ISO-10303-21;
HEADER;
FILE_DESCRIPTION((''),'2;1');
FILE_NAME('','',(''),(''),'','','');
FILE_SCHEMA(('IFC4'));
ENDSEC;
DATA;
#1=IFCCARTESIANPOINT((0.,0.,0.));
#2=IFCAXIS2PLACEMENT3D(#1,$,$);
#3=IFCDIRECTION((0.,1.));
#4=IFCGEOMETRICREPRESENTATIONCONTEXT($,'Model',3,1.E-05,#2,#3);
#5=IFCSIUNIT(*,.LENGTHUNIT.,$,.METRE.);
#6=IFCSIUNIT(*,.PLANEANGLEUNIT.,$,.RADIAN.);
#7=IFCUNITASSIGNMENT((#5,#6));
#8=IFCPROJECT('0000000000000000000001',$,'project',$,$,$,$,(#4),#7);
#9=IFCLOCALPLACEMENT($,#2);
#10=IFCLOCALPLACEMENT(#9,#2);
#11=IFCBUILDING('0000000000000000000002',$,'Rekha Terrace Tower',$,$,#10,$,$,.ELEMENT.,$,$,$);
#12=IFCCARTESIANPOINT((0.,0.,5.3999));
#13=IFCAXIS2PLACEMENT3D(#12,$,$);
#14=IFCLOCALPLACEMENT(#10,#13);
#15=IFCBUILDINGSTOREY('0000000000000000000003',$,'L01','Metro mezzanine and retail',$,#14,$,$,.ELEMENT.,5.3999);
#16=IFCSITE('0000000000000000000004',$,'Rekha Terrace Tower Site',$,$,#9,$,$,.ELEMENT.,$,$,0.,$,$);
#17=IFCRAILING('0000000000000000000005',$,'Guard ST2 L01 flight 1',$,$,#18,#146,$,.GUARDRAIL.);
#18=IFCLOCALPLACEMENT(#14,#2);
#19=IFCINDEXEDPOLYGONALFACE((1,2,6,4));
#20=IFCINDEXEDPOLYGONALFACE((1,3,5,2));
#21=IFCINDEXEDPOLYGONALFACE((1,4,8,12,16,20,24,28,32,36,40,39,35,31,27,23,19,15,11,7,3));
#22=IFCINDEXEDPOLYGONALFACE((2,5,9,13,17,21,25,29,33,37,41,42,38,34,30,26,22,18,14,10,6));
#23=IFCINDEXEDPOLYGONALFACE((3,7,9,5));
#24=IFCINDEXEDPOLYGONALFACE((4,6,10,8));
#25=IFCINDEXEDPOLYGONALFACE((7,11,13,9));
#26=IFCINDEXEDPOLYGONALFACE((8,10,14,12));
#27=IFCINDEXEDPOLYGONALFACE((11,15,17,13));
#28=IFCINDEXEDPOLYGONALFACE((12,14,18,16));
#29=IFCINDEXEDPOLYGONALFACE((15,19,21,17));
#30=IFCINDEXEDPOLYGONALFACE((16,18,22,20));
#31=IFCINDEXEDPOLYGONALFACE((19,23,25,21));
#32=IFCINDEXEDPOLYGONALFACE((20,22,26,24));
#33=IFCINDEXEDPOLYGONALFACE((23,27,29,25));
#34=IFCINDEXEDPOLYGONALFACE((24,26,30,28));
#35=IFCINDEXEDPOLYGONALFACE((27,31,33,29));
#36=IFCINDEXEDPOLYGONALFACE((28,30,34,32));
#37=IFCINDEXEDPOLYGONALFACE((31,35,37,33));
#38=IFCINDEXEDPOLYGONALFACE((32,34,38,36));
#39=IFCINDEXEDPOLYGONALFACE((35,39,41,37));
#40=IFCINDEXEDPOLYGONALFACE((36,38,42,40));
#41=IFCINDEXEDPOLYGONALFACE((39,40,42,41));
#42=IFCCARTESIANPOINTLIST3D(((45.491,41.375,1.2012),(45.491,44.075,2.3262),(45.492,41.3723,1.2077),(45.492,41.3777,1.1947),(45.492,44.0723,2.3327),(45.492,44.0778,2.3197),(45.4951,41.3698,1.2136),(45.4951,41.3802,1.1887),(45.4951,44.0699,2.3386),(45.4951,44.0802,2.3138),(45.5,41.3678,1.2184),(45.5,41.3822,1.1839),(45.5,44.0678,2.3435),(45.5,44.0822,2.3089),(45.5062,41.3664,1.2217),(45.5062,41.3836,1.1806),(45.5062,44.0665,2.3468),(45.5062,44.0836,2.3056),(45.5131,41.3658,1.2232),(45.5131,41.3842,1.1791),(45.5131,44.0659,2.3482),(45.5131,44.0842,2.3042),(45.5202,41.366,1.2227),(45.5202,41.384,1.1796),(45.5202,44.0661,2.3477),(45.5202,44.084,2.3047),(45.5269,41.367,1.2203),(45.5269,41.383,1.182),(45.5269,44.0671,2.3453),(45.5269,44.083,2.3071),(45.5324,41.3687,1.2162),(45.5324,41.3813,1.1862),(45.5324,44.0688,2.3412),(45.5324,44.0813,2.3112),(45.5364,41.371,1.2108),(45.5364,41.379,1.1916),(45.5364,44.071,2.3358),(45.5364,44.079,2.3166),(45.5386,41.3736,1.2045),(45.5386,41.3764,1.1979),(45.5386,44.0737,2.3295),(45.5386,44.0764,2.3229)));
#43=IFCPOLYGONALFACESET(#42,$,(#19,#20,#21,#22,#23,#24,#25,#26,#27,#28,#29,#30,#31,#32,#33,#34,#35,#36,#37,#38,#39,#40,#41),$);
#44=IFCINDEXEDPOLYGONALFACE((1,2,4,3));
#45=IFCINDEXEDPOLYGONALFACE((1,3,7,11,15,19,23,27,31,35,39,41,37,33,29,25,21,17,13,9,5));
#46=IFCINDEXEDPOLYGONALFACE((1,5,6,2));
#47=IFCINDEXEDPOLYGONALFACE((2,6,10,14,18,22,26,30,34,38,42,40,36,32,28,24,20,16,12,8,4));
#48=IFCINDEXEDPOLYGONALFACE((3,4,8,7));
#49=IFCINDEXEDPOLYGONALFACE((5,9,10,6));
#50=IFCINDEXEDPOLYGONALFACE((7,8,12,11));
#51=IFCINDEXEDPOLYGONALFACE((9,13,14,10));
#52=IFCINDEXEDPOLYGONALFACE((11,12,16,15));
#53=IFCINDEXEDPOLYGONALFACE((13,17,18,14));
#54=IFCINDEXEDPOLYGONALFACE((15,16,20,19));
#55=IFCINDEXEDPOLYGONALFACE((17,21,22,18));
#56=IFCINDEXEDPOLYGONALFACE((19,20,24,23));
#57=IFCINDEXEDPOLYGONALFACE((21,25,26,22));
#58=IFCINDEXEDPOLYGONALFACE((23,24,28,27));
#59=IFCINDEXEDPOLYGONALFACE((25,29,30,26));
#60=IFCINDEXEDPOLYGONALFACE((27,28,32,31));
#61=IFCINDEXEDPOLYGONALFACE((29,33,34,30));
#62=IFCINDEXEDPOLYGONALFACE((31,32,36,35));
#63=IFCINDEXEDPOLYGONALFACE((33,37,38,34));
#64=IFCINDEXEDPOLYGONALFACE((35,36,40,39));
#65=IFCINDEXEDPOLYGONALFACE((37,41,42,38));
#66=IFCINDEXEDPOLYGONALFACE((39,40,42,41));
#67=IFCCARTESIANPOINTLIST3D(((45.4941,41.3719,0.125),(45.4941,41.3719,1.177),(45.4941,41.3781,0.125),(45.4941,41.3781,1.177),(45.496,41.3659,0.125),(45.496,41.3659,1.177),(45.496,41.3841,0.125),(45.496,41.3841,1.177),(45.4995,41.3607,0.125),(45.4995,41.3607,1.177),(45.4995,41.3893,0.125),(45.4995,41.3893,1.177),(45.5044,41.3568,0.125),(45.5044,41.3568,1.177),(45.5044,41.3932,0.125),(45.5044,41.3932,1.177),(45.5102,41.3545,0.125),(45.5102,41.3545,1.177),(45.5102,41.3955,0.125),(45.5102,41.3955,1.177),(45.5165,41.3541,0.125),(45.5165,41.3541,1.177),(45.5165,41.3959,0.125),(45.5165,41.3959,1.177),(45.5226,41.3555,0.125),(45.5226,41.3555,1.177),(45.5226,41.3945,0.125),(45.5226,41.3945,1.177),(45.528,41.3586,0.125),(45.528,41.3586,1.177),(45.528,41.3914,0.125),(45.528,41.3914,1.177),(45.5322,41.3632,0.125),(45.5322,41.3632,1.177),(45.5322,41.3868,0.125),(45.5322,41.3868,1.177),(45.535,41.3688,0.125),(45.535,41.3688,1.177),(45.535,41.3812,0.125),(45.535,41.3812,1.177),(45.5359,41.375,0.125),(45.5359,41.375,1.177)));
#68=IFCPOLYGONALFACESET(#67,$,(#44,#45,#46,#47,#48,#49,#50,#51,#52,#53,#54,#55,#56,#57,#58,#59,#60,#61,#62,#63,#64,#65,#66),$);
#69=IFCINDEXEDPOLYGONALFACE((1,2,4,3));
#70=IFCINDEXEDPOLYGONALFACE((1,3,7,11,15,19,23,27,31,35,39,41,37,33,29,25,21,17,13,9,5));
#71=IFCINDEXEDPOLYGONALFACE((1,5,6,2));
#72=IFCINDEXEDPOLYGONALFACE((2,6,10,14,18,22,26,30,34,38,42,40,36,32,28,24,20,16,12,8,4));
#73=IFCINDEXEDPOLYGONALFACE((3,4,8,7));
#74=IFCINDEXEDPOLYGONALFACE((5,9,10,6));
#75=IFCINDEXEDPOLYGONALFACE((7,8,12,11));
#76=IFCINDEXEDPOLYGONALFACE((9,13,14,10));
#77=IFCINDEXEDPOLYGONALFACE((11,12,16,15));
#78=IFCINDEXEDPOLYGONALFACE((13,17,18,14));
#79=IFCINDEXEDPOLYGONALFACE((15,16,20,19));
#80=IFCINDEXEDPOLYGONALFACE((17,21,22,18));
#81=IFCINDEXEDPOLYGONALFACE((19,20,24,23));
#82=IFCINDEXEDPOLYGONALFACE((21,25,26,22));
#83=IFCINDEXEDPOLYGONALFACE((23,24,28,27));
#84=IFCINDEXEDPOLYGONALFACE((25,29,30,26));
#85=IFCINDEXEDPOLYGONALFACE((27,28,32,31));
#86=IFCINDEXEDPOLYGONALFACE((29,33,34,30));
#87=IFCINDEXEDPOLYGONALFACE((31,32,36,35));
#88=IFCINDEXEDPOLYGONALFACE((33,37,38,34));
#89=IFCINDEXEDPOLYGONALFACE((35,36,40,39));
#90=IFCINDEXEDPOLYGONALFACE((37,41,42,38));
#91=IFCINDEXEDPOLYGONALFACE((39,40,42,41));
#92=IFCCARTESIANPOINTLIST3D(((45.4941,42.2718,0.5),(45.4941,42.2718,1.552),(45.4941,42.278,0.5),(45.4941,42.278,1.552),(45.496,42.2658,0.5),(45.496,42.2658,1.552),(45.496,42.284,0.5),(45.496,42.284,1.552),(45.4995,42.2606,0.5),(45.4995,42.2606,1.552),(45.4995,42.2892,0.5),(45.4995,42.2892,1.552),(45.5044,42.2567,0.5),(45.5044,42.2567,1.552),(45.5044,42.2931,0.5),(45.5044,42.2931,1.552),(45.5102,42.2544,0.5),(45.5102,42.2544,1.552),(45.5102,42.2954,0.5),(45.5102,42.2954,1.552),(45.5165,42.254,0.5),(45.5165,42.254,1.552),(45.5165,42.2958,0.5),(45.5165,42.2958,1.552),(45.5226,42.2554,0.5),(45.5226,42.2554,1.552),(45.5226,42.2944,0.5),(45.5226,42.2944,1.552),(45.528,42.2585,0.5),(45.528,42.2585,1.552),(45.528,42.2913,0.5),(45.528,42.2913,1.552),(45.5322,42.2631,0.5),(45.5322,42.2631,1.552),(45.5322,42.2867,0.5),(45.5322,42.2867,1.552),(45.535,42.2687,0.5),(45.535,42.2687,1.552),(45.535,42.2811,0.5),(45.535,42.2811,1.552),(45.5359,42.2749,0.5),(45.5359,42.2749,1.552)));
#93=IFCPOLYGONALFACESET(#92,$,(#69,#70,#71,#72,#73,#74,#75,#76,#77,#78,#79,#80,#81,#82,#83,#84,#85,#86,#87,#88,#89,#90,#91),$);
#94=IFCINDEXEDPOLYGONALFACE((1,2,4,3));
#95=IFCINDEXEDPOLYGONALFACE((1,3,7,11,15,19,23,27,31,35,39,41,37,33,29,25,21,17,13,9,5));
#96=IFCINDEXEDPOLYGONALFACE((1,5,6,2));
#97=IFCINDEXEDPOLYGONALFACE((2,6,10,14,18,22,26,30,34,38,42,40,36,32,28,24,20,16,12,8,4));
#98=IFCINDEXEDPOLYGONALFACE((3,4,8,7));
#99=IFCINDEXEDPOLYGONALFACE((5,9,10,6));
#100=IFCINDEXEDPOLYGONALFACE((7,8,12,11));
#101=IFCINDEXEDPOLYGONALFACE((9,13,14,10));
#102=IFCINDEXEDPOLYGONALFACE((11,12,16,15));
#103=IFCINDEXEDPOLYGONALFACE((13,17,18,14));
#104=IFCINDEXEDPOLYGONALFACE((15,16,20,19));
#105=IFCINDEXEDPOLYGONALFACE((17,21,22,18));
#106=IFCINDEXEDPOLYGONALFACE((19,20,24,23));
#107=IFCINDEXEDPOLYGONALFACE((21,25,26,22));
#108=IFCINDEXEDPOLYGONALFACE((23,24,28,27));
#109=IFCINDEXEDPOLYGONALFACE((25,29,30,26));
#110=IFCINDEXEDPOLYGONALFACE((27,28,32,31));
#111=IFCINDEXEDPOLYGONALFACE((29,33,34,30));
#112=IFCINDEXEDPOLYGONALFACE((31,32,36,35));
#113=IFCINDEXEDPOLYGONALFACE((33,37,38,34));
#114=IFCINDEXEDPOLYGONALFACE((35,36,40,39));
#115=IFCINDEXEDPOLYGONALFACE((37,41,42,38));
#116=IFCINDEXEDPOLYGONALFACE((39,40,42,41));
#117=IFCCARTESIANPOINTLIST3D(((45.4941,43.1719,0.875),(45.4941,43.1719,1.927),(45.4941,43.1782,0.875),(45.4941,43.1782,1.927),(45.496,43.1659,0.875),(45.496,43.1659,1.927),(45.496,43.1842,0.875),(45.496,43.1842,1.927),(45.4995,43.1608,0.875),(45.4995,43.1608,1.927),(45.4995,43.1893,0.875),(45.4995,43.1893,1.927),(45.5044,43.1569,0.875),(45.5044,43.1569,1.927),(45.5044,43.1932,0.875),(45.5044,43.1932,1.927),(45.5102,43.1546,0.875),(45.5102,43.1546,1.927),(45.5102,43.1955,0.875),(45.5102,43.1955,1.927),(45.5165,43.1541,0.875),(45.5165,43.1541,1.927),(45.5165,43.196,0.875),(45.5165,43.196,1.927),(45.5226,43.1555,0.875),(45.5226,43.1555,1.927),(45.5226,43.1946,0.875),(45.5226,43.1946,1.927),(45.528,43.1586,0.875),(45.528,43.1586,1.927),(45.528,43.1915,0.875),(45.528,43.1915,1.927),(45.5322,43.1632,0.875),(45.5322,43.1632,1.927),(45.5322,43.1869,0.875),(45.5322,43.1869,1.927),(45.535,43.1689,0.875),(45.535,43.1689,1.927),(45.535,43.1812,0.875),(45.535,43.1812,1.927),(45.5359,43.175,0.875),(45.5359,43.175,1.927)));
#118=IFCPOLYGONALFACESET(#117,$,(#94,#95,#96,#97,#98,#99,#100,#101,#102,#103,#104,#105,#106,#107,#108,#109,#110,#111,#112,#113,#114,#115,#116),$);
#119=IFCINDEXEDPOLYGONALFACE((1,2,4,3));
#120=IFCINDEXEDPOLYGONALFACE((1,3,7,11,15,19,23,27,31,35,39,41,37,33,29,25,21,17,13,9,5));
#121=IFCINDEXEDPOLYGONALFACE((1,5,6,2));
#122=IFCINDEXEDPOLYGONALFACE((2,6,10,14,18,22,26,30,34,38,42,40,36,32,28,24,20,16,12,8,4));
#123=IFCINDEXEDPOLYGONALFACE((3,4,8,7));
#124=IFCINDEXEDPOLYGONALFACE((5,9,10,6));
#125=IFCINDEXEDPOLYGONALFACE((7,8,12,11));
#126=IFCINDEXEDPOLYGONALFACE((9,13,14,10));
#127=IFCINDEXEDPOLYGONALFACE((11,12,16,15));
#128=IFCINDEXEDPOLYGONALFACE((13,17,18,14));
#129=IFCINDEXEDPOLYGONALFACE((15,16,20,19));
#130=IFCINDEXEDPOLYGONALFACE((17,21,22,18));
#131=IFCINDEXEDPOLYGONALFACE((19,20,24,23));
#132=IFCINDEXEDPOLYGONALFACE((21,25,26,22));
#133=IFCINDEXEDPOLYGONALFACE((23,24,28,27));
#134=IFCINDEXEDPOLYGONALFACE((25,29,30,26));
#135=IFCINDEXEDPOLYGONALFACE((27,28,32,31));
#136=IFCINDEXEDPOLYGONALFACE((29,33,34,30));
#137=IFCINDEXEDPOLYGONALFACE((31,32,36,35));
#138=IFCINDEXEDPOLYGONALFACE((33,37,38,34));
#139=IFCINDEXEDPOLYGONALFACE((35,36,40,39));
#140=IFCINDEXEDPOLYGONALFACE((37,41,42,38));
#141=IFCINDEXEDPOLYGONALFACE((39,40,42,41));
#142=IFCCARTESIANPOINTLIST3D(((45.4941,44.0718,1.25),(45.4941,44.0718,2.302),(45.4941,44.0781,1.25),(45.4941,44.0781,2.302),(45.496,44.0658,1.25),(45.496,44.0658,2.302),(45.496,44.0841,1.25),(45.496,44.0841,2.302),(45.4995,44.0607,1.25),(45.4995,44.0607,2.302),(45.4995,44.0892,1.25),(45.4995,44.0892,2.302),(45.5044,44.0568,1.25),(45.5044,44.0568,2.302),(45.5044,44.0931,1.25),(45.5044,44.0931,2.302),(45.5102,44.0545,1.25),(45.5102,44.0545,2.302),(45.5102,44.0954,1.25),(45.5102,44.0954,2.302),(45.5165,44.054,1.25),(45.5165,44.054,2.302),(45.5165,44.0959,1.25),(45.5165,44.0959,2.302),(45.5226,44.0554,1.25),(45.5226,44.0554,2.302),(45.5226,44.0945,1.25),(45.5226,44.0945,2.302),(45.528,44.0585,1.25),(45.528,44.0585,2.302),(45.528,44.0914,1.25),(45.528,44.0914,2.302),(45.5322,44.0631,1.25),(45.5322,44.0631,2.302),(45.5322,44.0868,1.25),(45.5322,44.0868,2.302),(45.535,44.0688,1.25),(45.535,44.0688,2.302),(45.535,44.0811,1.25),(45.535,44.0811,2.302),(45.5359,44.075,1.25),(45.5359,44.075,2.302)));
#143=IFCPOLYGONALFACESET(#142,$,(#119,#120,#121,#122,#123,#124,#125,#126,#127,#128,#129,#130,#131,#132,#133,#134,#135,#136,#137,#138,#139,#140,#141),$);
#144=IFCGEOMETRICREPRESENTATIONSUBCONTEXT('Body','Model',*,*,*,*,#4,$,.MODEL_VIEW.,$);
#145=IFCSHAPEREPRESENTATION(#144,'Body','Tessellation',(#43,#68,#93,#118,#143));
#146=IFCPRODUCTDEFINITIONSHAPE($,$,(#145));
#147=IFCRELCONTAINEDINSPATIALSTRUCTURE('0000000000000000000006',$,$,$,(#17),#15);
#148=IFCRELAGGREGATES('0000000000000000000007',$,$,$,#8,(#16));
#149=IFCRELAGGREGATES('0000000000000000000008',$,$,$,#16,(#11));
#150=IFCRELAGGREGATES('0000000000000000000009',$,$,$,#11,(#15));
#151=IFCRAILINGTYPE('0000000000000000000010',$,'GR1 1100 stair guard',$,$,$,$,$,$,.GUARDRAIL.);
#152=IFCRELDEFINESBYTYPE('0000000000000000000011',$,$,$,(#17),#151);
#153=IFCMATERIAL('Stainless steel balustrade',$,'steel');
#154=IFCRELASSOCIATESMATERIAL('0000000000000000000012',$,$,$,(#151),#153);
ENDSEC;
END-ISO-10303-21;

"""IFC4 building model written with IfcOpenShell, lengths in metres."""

from ifc_helpers import new_model, si_unit, direction, frame, origin, origin_2d, place, context, subcontext, project, spatial, circle, extrude, material, type_object, element, save


model = new_model("IFC4")

# Units and contexts
model_context = context("Model", 3, precision=1e-05, world=origin(), true_north=direction((0.0, 1.0)))
body_context = subcontext(model_context, "Body", "Model", "MODEL_VIEW")
ifc_project = project(units=[si_unit("LENGTHUNIT", "METRE"), si_unit("PLANEANGLEUNIT", "RADIAN")], contexts=[model_context])

# Site, building, storey
site_placement = place(None, origin())
site = spatial("IfcSite", under=ifc_project, at=site_placement, Name="Rekha Terrace Tower Site", CompositionType="ELEMENT", RefElevation=0.0)
building_placement = place(site_placement, origin())
building = spatial("IfcBuilding", under=site, at=building_placement, Name="Rekha Terrace Tower", CompositionType="ELEMENT")
storey_placement = place(building_placement, frame((0.0, 0.0, 5.3999)))
storey = spatial("IfcBuildingStorey", under=building, at=storey_placement, Name="L01", Description="Metro mezzanine and retail", CompositionType="ELEMENT", Elevation=5.3999)

# Railing
ifc_material_1 = material(Name="Stainless steel balustrade", Category="steel")
railing_type_1 = type_object("IfcRailingType", Name="GR1 1100 stair guard", PredefinedType="GUARDRAIL", material=ifc_material_1)
railing_1_placement = place(storey_placement, frame((45.5149, 41.375, 0.125)))
element("IfcRailing", 1, at=railing_1_placement, inside=storey, type_object=railing_type_1, Name="Guard ST2 L01 flight 1", PredefinedType="GUARDRAIL", context=body_context, shape_type="SweptSolid", body=[
    extrude(circle(Radius=0.0239, at=origin_2d()), frame((0.0, 0.0, 1.0762), z_axis=(0.0, 0.923074, 0.384621), x_axis=(-1.0, 0.0, 0.0)), (0.0, 0.0, 1.0), 2.925),
    extrude(circle(Radius=0.021, at=origin_2d()), origin(), (0.0, 0.0, 1.0), 1.052),
    extrude(circle(Radius=0.021, at=origin_2d()), frame((0.0, 0.8999, 0.375)), (0.0, 0.0, 1.0), 1.052),
    extrude(circle(Radius=0.021, at=origin_2d()), frame((0.0, 1.8, 0.75)), (0.0, 0.0, 1.0), 1.052),
    extrude(circle(Radius=0.021, at=origin_2d()), frame((0.0, 2.7, 1.125)), (0.0, 0.0, 1.0), 1.052),
])

save(model, "model.ifc")
